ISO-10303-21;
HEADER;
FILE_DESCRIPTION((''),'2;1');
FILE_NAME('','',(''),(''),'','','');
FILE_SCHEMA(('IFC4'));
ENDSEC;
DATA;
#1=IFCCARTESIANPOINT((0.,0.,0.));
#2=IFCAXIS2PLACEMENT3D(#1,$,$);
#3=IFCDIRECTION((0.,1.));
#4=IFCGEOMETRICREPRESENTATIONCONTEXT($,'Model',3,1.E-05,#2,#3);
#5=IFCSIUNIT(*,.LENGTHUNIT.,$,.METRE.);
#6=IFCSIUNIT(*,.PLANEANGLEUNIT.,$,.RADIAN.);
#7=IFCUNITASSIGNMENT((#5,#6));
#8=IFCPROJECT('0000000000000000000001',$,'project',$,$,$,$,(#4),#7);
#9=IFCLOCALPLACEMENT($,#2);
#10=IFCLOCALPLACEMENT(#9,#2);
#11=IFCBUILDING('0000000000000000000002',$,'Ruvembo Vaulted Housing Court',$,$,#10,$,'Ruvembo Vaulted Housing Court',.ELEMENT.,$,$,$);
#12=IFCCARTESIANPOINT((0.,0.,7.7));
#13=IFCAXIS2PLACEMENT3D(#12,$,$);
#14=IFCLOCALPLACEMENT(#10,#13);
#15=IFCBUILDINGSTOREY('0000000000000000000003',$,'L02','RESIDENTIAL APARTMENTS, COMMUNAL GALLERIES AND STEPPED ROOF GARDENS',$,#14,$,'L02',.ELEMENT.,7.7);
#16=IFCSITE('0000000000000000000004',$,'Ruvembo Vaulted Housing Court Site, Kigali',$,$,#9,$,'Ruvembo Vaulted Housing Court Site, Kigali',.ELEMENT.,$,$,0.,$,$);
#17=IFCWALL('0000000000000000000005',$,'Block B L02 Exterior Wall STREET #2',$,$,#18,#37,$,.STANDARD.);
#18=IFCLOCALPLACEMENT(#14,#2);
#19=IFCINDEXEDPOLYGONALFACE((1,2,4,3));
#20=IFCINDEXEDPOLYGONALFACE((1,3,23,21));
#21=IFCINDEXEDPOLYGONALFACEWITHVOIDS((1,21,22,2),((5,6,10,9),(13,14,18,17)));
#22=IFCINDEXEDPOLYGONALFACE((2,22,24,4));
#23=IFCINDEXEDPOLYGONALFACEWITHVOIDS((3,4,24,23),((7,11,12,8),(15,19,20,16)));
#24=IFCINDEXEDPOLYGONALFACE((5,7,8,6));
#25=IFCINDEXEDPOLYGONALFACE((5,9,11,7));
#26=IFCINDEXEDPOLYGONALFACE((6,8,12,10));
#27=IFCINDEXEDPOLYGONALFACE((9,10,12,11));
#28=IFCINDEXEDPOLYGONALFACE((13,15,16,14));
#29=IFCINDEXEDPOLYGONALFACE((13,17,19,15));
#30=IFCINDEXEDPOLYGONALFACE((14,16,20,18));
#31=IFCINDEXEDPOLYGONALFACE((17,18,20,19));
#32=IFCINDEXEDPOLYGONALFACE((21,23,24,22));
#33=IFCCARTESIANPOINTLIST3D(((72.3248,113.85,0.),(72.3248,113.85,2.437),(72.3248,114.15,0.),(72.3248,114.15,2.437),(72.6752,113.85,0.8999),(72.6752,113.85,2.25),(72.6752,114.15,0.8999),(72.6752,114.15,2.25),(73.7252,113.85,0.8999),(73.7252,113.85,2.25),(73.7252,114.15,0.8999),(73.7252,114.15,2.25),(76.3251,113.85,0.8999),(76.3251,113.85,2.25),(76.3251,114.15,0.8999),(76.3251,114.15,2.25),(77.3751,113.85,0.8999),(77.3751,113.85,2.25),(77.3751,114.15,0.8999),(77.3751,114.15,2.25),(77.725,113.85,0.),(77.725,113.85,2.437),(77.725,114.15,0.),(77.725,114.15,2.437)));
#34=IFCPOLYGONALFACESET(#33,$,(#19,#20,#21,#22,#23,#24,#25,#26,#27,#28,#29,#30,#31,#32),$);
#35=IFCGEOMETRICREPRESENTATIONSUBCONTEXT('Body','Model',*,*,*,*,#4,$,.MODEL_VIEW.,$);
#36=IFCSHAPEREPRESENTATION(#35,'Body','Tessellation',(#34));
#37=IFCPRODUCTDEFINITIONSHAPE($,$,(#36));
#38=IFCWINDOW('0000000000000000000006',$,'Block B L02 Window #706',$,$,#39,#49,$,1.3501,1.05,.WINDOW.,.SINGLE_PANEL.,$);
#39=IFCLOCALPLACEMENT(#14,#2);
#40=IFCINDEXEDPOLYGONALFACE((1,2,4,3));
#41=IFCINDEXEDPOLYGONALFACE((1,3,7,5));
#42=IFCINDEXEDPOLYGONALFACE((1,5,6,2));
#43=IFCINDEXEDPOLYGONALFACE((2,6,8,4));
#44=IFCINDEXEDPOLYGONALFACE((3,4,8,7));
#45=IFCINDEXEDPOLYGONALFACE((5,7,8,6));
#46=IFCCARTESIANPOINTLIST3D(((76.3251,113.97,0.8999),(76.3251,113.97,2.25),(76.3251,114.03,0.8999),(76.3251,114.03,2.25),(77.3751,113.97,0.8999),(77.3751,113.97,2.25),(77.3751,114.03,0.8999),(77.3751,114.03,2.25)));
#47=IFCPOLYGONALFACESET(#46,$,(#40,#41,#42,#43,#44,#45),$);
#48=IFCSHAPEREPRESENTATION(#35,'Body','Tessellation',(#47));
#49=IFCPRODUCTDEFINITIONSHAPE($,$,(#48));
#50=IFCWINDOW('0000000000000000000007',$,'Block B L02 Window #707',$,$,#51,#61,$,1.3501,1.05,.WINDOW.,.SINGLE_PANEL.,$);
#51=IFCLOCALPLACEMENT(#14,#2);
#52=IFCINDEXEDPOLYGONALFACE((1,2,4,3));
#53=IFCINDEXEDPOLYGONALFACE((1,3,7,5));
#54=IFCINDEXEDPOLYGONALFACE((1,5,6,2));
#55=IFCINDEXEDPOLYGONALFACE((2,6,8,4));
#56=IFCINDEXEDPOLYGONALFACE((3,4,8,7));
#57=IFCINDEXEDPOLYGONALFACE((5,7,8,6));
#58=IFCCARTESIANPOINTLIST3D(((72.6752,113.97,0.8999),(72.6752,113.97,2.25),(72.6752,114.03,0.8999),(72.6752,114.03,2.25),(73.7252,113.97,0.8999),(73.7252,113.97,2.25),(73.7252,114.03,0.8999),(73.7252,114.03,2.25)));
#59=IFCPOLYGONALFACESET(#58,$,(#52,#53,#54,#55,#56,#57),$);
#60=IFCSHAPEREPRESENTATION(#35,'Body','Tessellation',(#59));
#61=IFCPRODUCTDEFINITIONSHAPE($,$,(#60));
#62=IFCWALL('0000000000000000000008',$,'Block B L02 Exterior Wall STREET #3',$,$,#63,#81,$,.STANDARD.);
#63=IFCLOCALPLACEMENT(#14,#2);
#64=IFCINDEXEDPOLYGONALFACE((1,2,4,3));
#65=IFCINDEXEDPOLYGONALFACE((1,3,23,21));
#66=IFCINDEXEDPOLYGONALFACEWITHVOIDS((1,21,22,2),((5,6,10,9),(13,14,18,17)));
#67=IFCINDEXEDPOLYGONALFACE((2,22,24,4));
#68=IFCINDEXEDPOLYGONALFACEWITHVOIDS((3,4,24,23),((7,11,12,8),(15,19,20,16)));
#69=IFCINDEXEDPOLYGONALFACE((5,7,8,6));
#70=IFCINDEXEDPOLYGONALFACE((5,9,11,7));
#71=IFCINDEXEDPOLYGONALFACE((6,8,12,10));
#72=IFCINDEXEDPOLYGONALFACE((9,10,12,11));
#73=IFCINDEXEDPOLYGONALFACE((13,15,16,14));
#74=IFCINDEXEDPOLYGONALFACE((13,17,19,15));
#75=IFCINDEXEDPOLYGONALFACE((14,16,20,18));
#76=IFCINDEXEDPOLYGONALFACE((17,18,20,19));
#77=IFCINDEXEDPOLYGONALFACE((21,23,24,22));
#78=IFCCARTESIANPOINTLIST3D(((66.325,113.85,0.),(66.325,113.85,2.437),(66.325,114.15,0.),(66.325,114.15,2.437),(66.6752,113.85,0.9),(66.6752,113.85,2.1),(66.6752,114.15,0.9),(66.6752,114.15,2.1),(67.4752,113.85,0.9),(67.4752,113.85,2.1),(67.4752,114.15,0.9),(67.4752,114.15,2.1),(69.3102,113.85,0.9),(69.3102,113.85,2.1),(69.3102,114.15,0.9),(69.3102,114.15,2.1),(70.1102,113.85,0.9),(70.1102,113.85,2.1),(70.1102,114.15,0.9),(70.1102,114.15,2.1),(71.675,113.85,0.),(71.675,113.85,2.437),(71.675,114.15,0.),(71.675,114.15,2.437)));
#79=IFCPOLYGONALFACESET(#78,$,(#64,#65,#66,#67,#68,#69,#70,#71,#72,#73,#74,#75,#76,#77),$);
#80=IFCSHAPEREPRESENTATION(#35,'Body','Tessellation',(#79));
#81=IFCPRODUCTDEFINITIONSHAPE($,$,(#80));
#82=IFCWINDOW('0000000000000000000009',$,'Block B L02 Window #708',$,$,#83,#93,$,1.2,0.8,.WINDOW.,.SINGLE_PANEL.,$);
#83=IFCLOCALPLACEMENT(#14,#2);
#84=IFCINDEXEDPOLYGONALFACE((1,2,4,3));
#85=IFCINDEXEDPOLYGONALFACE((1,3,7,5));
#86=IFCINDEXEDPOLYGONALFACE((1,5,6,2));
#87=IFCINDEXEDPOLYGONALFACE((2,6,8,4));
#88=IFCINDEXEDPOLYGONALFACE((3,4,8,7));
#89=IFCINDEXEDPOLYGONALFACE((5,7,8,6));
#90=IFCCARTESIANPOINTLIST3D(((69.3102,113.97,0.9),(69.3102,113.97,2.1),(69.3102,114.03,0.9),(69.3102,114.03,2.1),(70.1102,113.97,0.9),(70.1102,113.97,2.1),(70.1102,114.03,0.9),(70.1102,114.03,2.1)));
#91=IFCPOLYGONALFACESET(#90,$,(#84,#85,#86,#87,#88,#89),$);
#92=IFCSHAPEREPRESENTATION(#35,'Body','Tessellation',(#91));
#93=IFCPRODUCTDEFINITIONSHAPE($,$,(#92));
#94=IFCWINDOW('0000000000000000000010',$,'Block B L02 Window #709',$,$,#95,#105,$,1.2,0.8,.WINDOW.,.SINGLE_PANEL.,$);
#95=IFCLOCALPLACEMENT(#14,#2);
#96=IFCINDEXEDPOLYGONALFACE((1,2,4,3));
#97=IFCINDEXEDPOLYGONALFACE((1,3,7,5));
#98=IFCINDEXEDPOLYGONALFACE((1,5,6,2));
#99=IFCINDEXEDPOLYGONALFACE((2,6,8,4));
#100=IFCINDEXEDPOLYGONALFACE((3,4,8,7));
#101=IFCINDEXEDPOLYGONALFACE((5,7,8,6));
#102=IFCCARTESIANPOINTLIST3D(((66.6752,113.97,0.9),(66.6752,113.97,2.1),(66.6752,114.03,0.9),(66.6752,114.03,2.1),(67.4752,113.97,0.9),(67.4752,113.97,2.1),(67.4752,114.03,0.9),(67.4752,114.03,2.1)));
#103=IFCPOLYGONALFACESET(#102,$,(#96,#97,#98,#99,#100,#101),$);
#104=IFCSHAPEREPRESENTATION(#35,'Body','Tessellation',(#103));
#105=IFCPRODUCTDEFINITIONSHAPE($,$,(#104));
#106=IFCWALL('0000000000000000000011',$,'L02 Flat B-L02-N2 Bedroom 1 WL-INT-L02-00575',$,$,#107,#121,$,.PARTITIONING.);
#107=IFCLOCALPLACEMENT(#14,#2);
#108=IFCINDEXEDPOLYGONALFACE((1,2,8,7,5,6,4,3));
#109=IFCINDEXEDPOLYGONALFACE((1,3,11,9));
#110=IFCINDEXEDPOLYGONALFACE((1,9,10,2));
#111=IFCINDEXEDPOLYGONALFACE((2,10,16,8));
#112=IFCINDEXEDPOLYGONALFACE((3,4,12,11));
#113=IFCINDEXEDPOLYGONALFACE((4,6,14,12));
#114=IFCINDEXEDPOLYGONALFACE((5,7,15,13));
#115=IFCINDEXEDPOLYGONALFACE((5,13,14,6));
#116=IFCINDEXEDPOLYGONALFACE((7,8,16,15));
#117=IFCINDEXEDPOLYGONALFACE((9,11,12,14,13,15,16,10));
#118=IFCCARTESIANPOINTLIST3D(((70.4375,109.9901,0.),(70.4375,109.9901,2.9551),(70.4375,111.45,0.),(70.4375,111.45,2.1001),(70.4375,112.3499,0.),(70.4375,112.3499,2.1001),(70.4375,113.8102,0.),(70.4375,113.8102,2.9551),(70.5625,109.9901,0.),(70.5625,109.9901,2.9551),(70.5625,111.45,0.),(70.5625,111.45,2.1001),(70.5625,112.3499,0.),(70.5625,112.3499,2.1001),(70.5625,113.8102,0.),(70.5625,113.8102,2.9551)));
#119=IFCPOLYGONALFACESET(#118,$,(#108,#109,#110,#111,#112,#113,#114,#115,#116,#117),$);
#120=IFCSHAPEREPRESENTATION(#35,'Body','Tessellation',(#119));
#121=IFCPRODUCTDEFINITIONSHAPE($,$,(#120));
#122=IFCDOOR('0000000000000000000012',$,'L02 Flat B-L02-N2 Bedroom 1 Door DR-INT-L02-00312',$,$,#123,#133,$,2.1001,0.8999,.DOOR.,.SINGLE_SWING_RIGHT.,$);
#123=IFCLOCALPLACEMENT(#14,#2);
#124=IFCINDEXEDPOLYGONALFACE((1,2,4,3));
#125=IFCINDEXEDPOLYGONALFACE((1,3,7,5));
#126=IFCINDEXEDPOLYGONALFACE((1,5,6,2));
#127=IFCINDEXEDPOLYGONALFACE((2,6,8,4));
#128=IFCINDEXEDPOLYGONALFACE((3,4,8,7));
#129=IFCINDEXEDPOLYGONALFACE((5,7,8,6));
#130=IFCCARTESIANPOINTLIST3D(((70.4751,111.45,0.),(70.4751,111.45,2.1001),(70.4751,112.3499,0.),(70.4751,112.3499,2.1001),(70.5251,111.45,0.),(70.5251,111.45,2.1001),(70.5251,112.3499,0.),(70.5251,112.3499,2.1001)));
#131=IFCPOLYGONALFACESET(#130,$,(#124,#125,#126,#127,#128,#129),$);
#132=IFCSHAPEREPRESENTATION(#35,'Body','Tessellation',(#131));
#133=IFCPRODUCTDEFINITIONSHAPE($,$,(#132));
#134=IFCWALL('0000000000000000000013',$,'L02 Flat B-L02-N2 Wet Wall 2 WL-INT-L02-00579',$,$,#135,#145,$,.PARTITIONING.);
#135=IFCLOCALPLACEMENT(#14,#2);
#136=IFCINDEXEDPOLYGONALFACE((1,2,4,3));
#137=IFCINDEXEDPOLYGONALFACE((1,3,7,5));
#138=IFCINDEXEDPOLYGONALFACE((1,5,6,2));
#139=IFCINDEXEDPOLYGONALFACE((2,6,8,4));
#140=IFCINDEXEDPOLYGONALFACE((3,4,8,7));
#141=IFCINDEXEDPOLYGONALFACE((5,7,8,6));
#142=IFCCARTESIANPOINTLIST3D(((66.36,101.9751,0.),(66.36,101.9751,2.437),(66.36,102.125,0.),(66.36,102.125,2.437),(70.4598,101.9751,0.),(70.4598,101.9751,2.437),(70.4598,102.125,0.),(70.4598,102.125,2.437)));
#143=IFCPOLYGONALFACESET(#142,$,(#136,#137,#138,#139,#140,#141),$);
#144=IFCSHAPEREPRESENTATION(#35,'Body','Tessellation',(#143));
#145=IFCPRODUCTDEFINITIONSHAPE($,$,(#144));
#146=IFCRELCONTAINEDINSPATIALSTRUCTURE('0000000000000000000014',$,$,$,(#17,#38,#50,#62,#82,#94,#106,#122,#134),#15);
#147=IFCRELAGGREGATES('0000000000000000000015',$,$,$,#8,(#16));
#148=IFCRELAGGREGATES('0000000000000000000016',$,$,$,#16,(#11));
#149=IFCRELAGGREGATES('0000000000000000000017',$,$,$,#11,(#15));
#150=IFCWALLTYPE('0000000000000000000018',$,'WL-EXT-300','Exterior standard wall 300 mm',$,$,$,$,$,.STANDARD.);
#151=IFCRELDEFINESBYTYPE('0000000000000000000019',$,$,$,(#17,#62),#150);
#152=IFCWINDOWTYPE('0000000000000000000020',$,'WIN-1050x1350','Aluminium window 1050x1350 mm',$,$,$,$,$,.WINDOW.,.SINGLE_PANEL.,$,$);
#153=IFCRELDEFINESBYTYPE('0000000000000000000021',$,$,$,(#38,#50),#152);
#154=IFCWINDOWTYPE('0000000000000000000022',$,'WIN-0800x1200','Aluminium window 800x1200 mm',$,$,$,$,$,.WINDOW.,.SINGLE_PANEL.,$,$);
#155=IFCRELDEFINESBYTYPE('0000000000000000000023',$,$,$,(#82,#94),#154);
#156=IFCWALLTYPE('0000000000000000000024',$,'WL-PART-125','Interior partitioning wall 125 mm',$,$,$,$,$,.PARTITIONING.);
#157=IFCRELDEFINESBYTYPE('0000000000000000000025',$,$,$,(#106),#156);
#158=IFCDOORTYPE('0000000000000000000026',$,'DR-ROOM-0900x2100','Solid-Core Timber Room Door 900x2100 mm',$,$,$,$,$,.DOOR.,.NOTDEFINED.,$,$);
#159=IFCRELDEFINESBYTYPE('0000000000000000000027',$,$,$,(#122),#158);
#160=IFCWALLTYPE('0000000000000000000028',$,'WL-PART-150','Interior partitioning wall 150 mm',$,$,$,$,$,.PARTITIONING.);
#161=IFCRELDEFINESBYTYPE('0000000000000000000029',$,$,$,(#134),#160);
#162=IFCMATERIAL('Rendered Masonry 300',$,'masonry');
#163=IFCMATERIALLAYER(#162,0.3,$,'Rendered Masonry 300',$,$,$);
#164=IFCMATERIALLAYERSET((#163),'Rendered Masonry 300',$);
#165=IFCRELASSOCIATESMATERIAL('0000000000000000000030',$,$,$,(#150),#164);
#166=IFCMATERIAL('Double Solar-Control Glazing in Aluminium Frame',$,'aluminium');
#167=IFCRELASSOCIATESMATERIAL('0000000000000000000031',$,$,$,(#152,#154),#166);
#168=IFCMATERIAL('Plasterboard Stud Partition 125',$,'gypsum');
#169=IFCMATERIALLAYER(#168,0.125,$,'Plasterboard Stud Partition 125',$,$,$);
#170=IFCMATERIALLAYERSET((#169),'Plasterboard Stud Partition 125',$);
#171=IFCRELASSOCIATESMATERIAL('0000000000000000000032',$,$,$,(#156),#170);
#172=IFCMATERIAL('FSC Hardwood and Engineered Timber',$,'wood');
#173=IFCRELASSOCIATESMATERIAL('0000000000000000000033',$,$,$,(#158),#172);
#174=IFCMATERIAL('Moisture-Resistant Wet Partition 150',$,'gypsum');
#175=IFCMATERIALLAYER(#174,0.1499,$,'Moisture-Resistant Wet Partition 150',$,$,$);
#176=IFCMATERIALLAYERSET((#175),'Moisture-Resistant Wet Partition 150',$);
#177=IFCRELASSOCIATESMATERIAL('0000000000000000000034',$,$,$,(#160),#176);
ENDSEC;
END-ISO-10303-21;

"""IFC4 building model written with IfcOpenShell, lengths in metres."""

from ifc_helpers import new_model, si_unit, direction, frame, frame_2d, origin, place, context, subcontext, project, spatial, rectangle, extrude, material, layer, layer_set, type_object, element, fill, save


model = new_model("IFC4")

# Units and contexts
model_context = context("Model", 3, precision=1e-05, world=origin(), true_north=direction((0.0, 1.0)))
body_context = subcontext(model_context, "Body", "Model", "MODEL_VIEW")
ifc_project = project(units=[si_unit("LENGTHUNIT", "METRE"), si_unit("PLANEANGLEUNIT", "RADIAN")], contexts=[model_context])

# Site, building, storey
site_placement = place(None, origin())
site = spatial("IfcSite", under=ifc_project, at=site_placement, Name="Ruvembo Vaulted Housing Court Site, Kigali", LongName="Ruvembo Vaulted Housing Court Site, Kigali", CompositionType="ELEMENT", RefElevation=0.0)
building_placement = place(site_placement, origin())
building = spatial("IfcBuilding", under=site, at=building_placement, Name="Ruvembo Vaulted Housing Court", LongName="Ruvembo Vaulted Housing Court", CompositionType="ELEMENT")
storey_placement = place(building_placement, frame((0.0, 0.0, 7.7)))
storey = spatial("IfcBuildingStorey", under=building, at=storey_placement, Name="L02", Description="RESIDENTIAL APARTMENTS, COMMUNAL GALLERIES AND STEPPED ROOF GARDENS", LongName="L02", CompositionType="ELEMENT", Elevation=7.7)

# Walls, openings, windows
ifc_material_1 = material(Name="Rendered Masonry 300", Category="masonry")
ifc_layer_1 = layer(ifc_material_1, 0.3, Name="Rendered Masonry 300")
ifc_layer_set_1 = layer_set([ifc_layer_1], Name="Rendered Masonry 300")
wall_type_1 = type_object("IfcWallType", Name="WL-EXT-300", Description="Exterior standard wall 300 mm", PredefinedType="STANDARD", material=ifc_layer_set_1)
wall_1_placement = place(storey_placement, frame((77.7251, 114.0, 0.0), z_axis=(0.0, 0.0, 1.0), x_axis=(-1.0, 0.0, 0.0)))
wall_1 = element("IfcWall", 1, at=wall_1_placement, inside=storey, type_object=wall_type_1, Name="Block B L02 Exterior Wall STREET #2", PredefinedType="STANDARD", context=body_context, shape_type="SweptSolid", body=[
    extrude(rectangle(XDim=5.4001, YDim=0.3, at=frame_2d((2.7002, 0.0))), origin(), (0.0, 0.0, 1.0), 2.437),
])
opening_1_placement = place(wall_1_placement, frame((0.3501, 0.0, 0.8999)))
opening_1 = element("IfcOpeningElement", 2, at=opening_1_placement, cuts=wall_1, PredefinedType="OPENING", context=body_context, shape_type="SweptSolid", body=[
    extrude(rectangle(XDim=1.05, YDim=1.3501, at=frame_2d((0.5249, 0.675))), frame((0.0, 0.1599, 0.0), z_axis=(0.0, -1.0, 0.0), x_axis=(1.0, 0.0, 0.0)), (0.0, 0.0, 1.0), 0.3201),
])
opening_2_placement = place(wall_1_placement, frame((4.0, 0.0, 0.8999)))
opening_2 = element("IfcOpeningElement", 3, at=opening_2_placement, cuts=wall_1, PredefinedType="OPENING", context=body_context, shape_type="SweptSolid", body=[
    extrude(rectangle(XDim=1.05, YDim=1.3501, at=frame_2d((0.5249, 0.675))), frame((0.0, 0.1599, 0.0), z_axis=(0.0, -1.0, 0.0), x_axis=(1.0, 0.0, 0.0)), (0.0, 0.0, 1.0), 0.3201),
])
ifc_material_2 = material(Name="Double Solar-Control Glazing in Aluminium Frame", Category="aluminium")
window_type_1 = type_object("IfcWindowType", Name="WIN-1050x1350", Description="Aluminium window 1050x1350 mm", PartitioningType="SINGLE_PANEL", PredefinedType="WINDOW", material=ifc_material_2)
window_1_placement = place(opening_1_placement, origin())
window_1 = element("IfcWindow", 4, at=window_1_placement, inside=storey, type_object=window_type_1, Name="Block B L02 Window #706", OverallHeight=1.3501, OverallWidth=1.05, PartitioningType="SINGLE_PANEL", PredefinedType="WINDOW", context=body_context, shape_type="SweptSolid", body=[
    extrude(rectangle(XDim=1.05, YDim=1.3501, at=frame_2d((0.5249, 0.675))), frame((0.0, 0.03, 0.0), z_axis=(0.0, -1.0, 0.0), x_axis=(1.0, 0.0, 0.0)), (0.0, 0.0, 1.0), 0.0601),
])
fill(opening_1, window_1)
window_2_placement = place(opening_2_placement, origin())
window_2 = element("IfcWindow", 5, at=window_2_placement, inside=storey, type_object=window_type_1, Name="Block B L02 Window #707", OverallHeight=1.3501, OverallWidth=1.05, PartitioningType="SINGLE_PANEL", PredefinedType="WINDOW", context=body_context, shape_type="SweptSolid", body=[
    extrude(rectangle(XDim=1.05, YDim=1.3501, at=frame_2d((0.5249, 0.675))), frame((0.0, 0.03, 0.0), z_axis=(0.0, -1.0, 0.0), x_axis=(1.0, 0.0, 0.0)), (0.0, 0.0, 1.0), 0.0601),
])
fill(opening_2, window_2)
wall_2_placement = place(storey_placement, frame((71.675, 114.0, 0.0), z_axis=(0.0, 0.0, 1.0), x_axis=(-1.0, 0.0, 0.0)))
wall_2 = element("IfcWall", 6, at=wall_2_placement, inside=storey, type_object=wall_type_1, Name="Block B L02 Exterior Wall STREET #3", PredefinedType="STANDARD", context=body_context, shape_type="SweptSolid", body=[
    extrude(rectangle(XDim=5.3501, YDim=0.3, at=frame_2d((2.675, 0.0))), origin(), (0.0, 0.0, 1.0), 2.437),
])
opening_3_placement = place(wall_2_placement, frame((1.5649, 0.0, 0.8999)))
opening_3 = element("IfcOpeningElement", 7, at=opening_3_placement, cuts=wall_2, PredefinedType="OPENING", context=body_context, shape_type="SweptSolid", body=[
    extrude(rectangle(XDim=0.8, YDim=1.2, at=frame_2d((0.3999, 0.6001))), frame((0.0, 0.1599, 0.0), z_axis=(0.0, -1.0, 0.0), x_axis=(1.0, 0.0, 0.0)), (0.0, 0.0, 1.0), 0.3201),
])
opening_4_placement = place(wall_2_placement, frame((4.2, 0.0, 0.8999)))
opening_4 = element("IfcOpeningElement", 8, at=opening_4_placement, cuts=wall_2, PredefinedType="OPENING", context=body_context, shape_type="SweptSolid", body=[
    extrude(rectangle(XDim=0.8, YDim=1.2, at=frame_2d((0.3999, 0.6001))), frame((0.0, 0.1599, 0.0), z_axis=(0.0, -1.0, 0.0), x_axis=(1.0, 0.0, 0.0)), (0.0, 0.0, 1.0), 0.3201),
])
window_type_2 = type_object("IfcWindowType", Name="WIN-0800x1200", Description="Aluminium window 800x1200 mm", PartitioningType="SINGLE_PANEL", PredefinedType="WINDOW", material=ifc_material_2)
window_3_placement = place(opening_3_placement, origin())
window_3 = element("IfcWindow", 9, at=window_3_placement, inside=storey, type_object=window_type_2, Name="Block B L02 Window #708", OverallHeight=1.2, OverallWidth=0.8, PartitioningType="SINGLE_PANEL", PredefinedType="WINDOW", context=body_context, shape_type="SweptSolid", body=[
    extrude(rectangle(XDim=0.8, YDim=1.2, at=frame_2d((0.3999, 0.6001))), frame((0.0, 0.03, 0.0), z_axis=(0.0, -1.0, 0.0), x_axis=(1.0, 0.0, 0.0)), (0.0, 0.0, 1.0), 0.0601),
])
fill(opening_3, window_3)
window_4_placement = place(opening_4_placement, origin())
window_4 = element("IfcWindow", 10, at=window_4_placement, inside=storey, type_object=window_type_2, Name="Block B L02 Window #709", OverallHeight=1.2, OverallWidth=0.8, PartitioningType="SINGLE_PANEL", PredefinedType="WINDOW", context=body_context, shape_type="SweptSolid", body=[
    extrude(rectangle(XDim=0.8, YDim=1.2, at=frame_2d((0.3999, 0.6001))), frame((0.0, 0.03, 0.0), z_axis=(0.0, -1.0, 0.0), x_axis=(1.0, 0.0, 0.0)), (0.0, 0.0, 1.0), 0.0601),
])
fill(opening_4, window_4)

# Wall, opening, door
ifc_material_3 = material(Name="Plasterboard Stud Partition 125", Category="gypsum")
ifc_layer_2 = layer(ifc_material_3, 0.125, Name="Plasterboard Stud Partition 125")
ifc_layer_set_2 = layer_set([ifc_layer_2], Name="Plasterboard Stud Partition 125")
wall_type_2 = type_object("IfcWallType", Name="WL-PART-125", Description="Interior partitioning wall 125 mm", PredefinedType="PARTITIONING", material=ifc_layer_set_2)
wall_3_placement = place(storey_placement, frame((70.5, 109.99, 0.0), z_axis=(0.0, 0.0, 1.0), x_axis=(0.0, 1.0, 0.0)))
wall_3 = element("IfcWall", 11, at=wall_3_placement, inside=storey, type_object=wall_type_2, Name="L02 Flat B-L02-N2 Bedroom 1 WL-INT-L02-00575", PredefinedType="PARTITIONING", context=body_context, shape_type="SweptSolid", body=[
    extrude(rectangle(XDim=3.8201, YDim=0.125, at=frame_2d((1.9102, 0.0))), origin(), (0.0, 0.0, 1.0), 2.9551),
])
opening_5_placement = place(wall_3_placement, frame((1.46, 0.0, 0.0)))
opening_5 = element("IfcOpeningElement", 12, at=opening_5_placement, cuts=wall_3, PredefinedType="OPENING", context=body_context, shape_type="SweptSolid", body=[
    extrude(rectangle(XDim=0.8999, YDim=2.1001, at=frame_2d((0.45, 1.05))), frame((0.0, 0.0725, 0.0), z_axis=(0.0, -1.0, 0.0), x_axis=(1.0, 0.0, 0.0)), (0.0, 0.0, 1.0), 0.145),
])
ifc_material_4 = material(Name="FSC Hardwood and Engineered Timber", Category="wood")
door_type_1 = type_object("IfcDoorType", Name="DR-ROOM-0900x2100", Description="Solid-Core Timber Room Door 900x2100 mm", OperationType="NOTDEFINED", PredefinedType="DOOR", material=ifc_material_4)
door_1_placement = place(opening_5_placement, origin())
door_1 = element("IfcDoor", 13, at=door_1_placement, inside=storey, type_object=door_type_1, Name="L02 Flat B-L02-N2 Bedroom 1 Door DR-INT-L02-00312", OperationType="SINGLE_SWING_RIGHT", OverallHeight=2.1001, OverallWidth=0.8999, PredefinedType="DOOR", context=body_context, shape_type="SweptSolid", body=[
    extrude(rectangle(XDim=0.8999, YDim=2.1001, at=frame_2d((0.45, 1.05))), frame((0.0, 0.0249, 0.0), z_axis=(0.0, -1.0, 0.0), x_axis=(1.0, 0.0, 0.0)), (0.0, 0.0, 1.0), 0.05),
])
fill(opening_5, door_1)

# Wall
ifc_material_5 = material(Name="Moisture-Resistant Wet Partition 150", Category="gypsum")
ifc_layer_3 = layer(ifc_material_5, 0.1499, Name="Moisture-Resistant Wet Partition 150")
ifc_layer_set_3 = layer_set([ifc_layer_3], Name="Moisture-Resistant Wet Partition 150")
wall_type_3 = type_object("IfcWallType", Name="WL-PART-150", Description="Interior partitioning wall 150 mm", PredefinedType="PARTITIONING", material=ifc_layer_set_3)
wall_4_placement = place(storey_placement, frame((66.3601, 102.05, 0.0), z_axis=(0.0, 0.0, 1.0), x_axis=(1.0, 0.0, 0.0)))
element("IfcWall", 14, at=wall_4_placement, inside=storey, type_object=wall_type_3, Name="L02 Flat B-L02-N2 Wet Wall 2 WL-INT-L02-00579", PredefinedType="PARTITIONING", context=body_context, shape_type="SweptSolid", body=[
    extrude(rectangle(XDim=4.0999, YDim=0.1499, at=frame_2d((2.0498, 0.0))), origin(), (0.0, 0.0, 1.0), 2.437),
])

save(model, "model.ifc")
